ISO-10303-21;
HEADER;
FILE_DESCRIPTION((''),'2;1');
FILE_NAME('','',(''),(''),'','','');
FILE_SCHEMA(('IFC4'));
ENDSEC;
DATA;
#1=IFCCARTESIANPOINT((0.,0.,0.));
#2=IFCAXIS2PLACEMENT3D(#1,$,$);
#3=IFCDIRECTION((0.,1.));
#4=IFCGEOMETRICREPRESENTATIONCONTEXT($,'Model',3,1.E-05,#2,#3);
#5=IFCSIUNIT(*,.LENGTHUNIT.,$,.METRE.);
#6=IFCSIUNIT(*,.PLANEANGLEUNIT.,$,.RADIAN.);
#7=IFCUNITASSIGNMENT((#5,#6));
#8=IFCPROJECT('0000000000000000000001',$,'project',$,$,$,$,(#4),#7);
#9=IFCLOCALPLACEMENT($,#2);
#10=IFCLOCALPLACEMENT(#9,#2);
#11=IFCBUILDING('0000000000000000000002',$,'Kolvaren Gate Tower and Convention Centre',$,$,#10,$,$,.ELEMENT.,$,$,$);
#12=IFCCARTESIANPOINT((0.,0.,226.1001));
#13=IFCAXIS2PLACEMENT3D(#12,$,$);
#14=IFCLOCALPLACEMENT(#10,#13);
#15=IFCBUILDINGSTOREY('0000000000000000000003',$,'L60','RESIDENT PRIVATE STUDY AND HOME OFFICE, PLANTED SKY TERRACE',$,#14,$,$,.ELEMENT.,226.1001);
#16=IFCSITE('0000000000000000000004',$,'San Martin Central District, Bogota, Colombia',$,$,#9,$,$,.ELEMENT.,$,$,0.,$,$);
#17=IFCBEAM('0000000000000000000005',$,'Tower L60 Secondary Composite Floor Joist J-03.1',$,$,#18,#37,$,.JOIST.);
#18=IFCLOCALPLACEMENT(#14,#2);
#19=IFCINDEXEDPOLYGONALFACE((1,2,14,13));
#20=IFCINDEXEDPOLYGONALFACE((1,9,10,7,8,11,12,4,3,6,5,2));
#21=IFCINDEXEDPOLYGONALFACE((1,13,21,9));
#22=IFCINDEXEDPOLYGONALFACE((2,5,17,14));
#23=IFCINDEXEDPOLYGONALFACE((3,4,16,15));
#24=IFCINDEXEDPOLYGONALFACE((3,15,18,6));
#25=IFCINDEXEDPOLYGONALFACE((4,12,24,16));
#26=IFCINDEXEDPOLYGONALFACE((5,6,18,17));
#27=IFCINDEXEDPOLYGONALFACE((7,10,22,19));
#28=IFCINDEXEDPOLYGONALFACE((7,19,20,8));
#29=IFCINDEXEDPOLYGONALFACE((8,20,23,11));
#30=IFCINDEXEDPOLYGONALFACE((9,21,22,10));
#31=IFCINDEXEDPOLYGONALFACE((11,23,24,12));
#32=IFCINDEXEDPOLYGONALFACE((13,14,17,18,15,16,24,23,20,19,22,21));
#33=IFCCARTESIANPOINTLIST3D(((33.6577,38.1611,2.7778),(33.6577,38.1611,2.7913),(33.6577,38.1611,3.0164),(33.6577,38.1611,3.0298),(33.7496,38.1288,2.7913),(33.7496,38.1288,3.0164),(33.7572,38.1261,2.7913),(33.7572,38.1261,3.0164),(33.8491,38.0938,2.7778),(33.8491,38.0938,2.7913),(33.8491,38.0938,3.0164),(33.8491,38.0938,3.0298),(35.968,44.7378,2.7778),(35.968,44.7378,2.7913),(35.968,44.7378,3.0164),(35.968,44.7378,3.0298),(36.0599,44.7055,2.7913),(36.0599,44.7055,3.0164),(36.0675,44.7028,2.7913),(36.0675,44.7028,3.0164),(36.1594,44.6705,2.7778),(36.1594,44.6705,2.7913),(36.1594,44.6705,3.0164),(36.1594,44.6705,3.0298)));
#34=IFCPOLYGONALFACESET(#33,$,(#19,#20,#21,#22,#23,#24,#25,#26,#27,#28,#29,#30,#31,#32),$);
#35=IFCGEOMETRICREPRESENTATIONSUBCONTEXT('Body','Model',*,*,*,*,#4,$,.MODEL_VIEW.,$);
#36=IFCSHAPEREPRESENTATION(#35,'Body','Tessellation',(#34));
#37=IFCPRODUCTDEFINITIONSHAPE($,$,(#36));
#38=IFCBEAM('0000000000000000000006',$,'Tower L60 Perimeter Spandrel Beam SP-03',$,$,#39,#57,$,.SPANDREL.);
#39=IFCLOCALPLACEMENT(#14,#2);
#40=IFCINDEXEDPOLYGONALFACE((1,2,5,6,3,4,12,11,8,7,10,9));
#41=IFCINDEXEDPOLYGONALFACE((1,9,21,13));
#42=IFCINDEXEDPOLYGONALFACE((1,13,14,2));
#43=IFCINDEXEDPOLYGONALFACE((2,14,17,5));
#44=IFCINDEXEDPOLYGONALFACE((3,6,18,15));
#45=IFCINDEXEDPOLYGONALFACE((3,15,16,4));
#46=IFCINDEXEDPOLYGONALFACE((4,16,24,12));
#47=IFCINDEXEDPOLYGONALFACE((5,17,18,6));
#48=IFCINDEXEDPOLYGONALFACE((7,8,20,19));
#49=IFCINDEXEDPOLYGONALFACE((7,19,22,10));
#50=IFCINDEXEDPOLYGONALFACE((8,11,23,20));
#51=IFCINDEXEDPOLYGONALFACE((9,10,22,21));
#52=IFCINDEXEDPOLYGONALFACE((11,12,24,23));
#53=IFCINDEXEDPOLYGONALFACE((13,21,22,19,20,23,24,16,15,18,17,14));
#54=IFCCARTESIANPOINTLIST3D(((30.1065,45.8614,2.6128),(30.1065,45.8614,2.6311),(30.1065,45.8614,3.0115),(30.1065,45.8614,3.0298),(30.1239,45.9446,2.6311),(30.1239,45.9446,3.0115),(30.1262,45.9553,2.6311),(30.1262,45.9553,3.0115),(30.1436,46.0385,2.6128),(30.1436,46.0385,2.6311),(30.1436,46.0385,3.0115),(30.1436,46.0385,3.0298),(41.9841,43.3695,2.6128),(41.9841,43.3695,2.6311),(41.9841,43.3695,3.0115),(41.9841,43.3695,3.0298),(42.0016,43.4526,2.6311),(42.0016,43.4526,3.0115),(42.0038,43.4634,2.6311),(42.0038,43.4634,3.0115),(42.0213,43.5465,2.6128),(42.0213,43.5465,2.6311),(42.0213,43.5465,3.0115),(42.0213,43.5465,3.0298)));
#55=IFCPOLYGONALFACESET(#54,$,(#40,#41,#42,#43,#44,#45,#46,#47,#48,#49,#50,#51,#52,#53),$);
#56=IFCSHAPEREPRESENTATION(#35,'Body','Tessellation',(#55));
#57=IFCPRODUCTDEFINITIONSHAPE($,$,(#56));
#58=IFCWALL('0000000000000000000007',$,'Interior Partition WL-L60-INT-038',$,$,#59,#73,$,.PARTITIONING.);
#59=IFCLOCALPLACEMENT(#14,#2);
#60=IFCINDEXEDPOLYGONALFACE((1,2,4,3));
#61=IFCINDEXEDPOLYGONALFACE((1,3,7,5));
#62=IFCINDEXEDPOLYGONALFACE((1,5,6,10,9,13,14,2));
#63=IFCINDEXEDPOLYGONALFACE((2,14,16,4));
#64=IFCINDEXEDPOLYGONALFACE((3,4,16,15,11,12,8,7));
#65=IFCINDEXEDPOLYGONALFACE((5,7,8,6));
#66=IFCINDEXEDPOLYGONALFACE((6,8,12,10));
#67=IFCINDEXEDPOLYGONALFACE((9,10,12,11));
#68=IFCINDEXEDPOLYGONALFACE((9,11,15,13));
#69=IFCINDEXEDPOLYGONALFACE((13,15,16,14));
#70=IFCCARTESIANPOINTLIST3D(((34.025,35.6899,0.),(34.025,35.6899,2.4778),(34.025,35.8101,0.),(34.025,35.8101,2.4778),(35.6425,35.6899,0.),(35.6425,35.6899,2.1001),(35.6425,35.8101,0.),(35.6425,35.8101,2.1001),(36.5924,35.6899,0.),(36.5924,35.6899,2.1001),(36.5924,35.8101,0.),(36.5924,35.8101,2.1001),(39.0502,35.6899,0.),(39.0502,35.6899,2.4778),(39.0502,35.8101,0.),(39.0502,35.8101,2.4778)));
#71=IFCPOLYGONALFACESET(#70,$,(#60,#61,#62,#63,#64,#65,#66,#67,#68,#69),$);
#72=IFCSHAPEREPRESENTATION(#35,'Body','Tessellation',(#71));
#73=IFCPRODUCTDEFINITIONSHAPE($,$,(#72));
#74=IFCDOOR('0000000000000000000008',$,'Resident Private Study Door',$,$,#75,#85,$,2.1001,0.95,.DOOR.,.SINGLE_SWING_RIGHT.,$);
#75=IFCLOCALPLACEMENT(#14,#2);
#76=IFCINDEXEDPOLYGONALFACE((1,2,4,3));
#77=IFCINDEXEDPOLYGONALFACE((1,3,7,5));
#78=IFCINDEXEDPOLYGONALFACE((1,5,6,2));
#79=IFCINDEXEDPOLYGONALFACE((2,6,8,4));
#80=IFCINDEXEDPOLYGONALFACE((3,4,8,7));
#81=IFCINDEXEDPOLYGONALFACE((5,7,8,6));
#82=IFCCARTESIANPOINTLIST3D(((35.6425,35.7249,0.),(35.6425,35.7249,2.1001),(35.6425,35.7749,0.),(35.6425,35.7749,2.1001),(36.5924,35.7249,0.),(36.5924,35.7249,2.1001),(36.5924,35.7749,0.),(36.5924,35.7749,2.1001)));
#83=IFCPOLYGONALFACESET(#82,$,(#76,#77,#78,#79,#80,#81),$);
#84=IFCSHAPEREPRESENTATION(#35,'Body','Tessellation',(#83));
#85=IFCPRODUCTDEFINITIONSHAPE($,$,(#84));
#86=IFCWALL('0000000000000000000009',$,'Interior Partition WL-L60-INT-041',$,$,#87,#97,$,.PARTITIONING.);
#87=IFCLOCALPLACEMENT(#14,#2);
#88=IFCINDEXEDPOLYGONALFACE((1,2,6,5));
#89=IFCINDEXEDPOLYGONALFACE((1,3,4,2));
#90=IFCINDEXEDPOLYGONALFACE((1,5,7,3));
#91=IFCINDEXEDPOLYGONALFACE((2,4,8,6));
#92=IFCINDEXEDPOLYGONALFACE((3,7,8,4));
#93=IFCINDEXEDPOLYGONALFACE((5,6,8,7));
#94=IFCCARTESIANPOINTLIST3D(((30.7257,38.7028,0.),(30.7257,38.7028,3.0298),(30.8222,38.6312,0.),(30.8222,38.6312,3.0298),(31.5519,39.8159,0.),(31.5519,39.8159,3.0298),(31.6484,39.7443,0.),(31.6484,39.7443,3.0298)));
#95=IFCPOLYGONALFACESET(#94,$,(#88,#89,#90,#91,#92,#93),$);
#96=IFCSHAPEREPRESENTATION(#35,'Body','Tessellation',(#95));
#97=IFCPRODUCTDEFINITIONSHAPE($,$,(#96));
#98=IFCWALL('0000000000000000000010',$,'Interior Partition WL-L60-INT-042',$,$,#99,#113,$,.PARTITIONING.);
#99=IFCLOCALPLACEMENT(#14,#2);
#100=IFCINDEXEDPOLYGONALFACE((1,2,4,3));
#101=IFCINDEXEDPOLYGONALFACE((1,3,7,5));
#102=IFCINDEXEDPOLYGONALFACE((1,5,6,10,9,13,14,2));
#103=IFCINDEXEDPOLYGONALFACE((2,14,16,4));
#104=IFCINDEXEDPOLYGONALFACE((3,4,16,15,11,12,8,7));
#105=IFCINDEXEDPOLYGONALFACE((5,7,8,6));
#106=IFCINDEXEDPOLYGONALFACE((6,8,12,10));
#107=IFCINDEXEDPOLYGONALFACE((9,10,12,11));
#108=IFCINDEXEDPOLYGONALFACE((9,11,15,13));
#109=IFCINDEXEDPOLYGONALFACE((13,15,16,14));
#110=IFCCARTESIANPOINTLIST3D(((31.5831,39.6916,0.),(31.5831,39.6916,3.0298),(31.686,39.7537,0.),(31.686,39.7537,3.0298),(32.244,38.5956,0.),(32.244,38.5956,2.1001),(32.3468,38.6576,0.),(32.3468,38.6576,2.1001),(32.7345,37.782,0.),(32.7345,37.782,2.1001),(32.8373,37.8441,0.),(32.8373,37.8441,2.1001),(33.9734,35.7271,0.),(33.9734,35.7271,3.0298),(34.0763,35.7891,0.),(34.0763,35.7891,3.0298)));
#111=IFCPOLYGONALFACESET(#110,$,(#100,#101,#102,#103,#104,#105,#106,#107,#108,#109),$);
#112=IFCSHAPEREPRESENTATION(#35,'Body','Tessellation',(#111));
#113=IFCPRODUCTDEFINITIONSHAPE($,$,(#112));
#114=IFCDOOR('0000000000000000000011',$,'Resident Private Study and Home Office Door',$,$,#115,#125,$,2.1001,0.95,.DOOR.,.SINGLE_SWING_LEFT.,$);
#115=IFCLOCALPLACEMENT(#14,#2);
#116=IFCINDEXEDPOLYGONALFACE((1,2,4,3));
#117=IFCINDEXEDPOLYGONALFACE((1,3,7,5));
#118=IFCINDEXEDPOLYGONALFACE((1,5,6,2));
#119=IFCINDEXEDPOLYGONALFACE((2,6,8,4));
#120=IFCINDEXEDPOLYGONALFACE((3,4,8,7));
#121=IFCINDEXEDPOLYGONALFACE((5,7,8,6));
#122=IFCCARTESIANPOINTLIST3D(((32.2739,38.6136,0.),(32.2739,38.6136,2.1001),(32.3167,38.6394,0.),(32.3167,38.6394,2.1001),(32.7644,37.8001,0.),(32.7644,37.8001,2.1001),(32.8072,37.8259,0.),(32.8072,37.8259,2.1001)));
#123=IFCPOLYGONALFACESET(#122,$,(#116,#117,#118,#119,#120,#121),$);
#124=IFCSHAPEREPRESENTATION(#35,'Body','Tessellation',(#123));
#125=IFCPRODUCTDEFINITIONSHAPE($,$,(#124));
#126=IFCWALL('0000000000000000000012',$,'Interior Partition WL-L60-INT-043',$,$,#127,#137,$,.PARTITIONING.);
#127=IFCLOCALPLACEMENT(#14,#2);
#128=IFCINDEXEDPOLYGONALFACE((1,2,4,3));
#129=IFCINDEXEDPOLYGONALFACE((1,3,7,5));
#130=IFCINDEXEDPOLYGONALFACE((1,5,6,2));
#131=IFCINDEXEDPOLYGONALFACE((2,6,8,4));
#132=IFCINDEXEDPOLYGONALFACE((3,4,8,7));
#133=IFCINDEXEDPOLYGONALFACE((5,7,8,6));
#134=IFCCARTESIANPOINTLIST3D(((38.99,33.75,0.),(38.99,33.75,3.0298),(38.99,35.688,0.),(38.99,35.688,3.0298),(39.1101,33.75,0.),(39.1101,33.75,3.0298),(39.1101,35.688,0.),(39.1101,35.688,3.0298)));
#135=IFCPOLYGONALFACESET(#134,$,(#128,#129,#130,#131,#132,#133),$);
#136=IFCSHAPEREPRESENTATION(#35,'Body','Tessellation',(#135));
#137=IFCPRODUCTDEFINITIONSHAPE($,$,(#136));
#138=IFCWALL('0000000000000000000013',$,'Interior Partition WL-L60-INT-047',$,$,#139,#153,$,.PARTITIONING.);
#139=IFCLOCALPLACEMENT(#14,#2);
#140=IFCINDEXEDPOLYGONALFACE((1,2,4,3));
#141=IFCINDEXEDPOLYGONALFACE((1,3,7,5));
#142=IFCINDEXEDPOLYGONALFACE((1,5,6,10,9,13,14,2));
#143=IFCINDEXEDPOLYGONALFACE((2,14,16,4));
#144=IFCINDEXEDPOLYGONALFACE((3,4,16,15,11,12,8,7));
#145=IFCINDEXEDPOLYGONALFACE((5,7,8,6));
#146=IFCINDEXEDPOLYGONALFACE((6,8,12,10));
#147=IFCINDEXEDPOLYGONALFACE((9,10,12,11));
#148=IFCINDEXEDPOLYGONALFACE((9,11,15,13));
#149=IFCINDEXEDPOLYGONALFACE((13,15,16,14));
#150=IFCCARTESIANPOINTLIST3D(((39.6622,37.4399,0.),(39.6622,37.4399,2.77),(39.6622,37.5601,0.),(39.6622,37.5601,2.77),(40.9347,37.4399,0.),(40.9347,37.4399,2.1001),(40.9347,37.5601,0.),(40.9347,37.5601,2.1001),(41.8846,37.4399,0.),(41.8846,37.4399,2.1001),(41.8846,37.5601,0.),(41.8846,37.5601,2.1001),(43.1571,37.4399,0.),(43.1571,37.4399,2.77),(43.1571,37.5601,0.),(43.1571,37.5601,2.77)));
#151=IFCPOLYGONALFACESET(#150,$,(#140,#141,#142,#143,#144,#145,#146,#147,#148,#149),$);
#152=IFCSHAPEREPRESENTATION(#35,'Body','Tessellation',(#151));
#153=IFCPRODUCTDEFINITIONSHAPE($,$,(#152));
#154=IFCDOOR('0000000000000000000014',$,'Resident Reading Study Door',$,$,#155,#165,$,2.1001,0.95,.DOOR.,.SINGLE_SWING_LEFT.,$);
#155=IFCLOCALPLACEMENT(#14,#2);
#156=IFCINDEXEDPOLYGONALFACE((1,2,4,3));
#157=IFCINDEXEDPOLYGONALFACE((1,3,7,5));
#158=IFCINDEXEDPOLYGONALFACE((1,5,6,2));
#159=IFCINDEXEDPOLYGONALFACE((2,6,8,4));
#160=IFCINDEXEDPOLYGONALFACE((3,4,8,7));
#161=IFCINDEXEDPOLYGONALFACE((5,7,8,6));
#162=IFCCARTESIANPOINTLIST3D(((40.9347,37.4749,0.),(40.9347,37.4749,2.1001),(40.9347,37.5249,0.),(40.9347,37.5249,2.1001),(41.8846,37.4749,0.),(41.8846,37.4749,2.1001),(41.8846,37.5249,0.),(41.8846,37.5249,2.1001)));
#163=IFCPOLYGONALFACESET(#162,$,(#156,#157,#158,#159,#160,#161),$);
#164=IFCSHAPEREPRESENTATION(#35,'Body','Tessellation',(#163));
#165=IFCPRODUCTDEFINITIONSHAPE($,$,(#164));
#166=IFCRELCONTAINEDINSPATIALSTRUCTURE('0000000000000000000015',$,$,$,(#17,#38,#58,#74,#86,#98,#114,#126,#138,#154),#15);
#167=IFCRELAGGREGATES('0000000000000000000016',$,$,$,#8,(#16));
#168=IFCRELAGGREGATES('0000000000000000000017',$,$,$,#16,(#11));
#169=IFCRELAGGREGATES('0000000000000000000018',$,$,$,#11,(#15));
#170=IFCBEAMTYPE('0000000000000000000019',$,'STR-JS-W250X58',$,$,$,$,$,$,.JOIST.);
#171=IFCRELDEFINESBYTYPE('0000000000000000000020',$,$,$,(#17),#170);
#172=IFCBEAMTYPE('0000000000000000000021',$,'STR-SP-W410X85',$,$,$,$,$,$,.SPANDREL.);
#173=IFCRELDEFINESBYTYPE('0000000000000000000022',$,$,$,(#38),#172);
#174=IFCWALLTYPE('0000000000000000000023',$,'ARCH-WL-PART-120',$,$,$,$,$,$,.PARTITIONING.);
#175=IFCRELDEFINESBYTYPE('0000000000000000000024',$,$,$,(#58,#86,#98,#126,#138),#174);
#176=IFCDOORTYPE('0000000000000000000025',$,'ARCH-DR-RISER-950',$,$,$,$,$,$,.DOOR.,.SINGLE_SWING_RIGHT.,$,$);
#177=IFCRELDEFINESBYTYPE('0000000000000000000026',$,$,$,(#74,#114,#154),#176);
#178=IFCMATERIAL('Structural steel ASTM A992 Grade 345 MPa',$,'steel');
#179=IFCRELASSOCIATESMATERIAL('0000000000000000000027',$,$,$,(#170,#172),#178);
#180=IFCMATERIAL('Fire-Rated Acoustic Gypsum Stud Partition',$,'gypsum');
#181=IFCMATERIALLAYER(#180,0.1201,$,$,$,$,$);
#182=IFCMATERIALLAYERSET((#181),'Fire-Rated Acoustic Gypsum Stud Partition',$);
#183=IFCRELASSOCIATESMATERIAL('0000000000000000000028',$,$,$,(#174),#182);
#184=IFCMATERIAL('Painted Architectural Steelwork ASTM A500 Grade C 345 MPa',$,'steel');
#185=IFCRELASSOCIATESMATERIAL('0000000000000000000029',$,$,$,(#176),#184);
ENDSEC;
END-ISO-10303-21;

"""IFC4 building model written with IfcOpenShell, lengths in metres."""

from ifc_helpers import new_model, si_unit, direction, frame, frame_2d, origin, origin_2d, place, context, subcontext, project, spatial, rectangle, i_section, extrude, material, layer, layer_set, material_profile, profile_set, type_object, element, fill, save


model = new_model("IFC4")

# Units and contexts
model_context = context("Model", 3, precision=1e-05, world=origin(), true_north=direction((0.0, 1.0)))
body_context = subcontext(model_context, "Body", "Model", "MODEL_VIEW")
ifc_project = project(units=[si_unit("LENGTHUNIT", "METRE"), si_unit("PLANEANGLEUNIT", "RADIAN")], contexts=[model_context])

# Site, building, storey
site_placement = place(None, origin())
site = spatial("IfcSite", under=ifc_project, at=site_placement, Name="San Martin Central District, Bogota, Colombia", CompositionType="ELEMENT", RefElevation=0.0)
building_placement = place(site_placement, origin())
building = spatial("IfcBuilding", under=site, at=building_placement, Name="Kolvaren Gate Tower and Convention Centre", CompositionType="ELEMENT")
storey_placement = place(building_placement, frame((0.0, 0.0, 226.1001)))
storey = spatial("IfcBuildingStorey", under=building, at=storey_placement, Name="L60", Description="RESIDENT PRIVATE STUDY AND HOME OFFICE, PLANTED SKY TERRACE", CompositionType="ELEMENT", Elevation=226.1001)

# Beams
ifc_material_1 = material(Name="Structural steel ASTM A992 Grade 345 MPa", Category="steel")
ifc_material_profile_1 = material_profile(ifc_material_1, i_section(OverallWidth=0.2029, OverallDepth=0.252, WebThickness=0.0081, FlangeThickness=0.0134, at=origin_2d()), Name="W250X58")
ifc_profile_set_1 = profile_set([ifc_material_profile_1], Name="Structural steel ASTM A992 Grade 345 MPa")
beam_type_1 = type_object("IfcBeamType", Name="STR-JS-W250X58", PredefinedType="JOIST", material=ifc_profile_set_1)
beam_1_placement = place(storey_placement, frame((33.7534, 38.1274, 2.9038), z_axis=(0.331433, 0.943479, 0.0), x_axis=(-0.943479, 0.331433, 0.0)))
element("IfcBeam", 1, at=beam_1_placement, inside=storey, type_object=beam_type_1, Name="Tower L60 Secondary Composite Floor Joist J-03.1", PredefinedType="JOIST", context=body_context, shape_type="SweptSolid", body=[
    extrude(i_section(OverallWidth=0.2029, OverallDepth=0.252, WebThickness=0.0081, FlangeThickness=0.0134, at=origin_2d()), origin(), (0.0, 0.0, 1.0), 6.9707),
])
ifc_material_profile_2 = material_profile(ifc_material_1, i_section(OverallWidth=0.1809, OverallDepth=0.417, WebThickness=0.011, FlangeThickness=0.0183, at=origin_2d()), Name="W410X85")
ifc_profile_set_2 = profile_set([ifc_material_profile_2], Name="Structural steel ASTM A992 Grade 345 MPa")
beam_type_2 = type_object("IfcBeamType", Name="STR-SP-W410X85", PredefinedType="SPANDREL", material=ifc_profile_set_2)
beam_2_placement = place(storey_placement, frame((42.0027, 43.458, 2.8213), z_axis=(-0.978693, 0.20533, 0.0), x_axis=(-0.20533, -0.978693, 0.0)))
element("IfcBeam", 2, at=beam_2_placement, inside=storey, type_object=beam_type_2, Name="Tower L60 Perimeter Spandrel Beam SP-03", PredefinedType="SPANDREL", context=body_context, shape_type="SweptSolid", body=[
    extrude(i_section(OverallWidth=0.1809, OverallDepth=0.417, WebThickness=0.011, FlangeThickness=0.0183, at=origin_2d()), origin(), (0.0, 0.0, 1.0), 12.1362),
])

# Wall, opening, door
ifc_material_2 = material(Name="Fire-Rated Acoustic Gypsum Stud Partition", Category="gypsum")
ifc_layer_1 = layer(ifc_material_2, 0.1201)
ifc_layer_set_1 = layer_set([ifc_layer_1], Name="Fire-Rated Acoustic Gypsum Stud Partition")
wall_type_1 = type_object("IfcWallType", Name="ARCH-WL-PART-120", PredefinedType="PARTITIONING", material=ifc_layer_set_1)
wall_1_placement = place(storey_placement, frame((34.0249, 35.75, 0.0), z_axis=(0.0, 0.0, 1.0), x_axis=(1.0, 0.0, 0.0)))
wall_1 = element("IfcWall", 3, at=wall_1_placement, inside=storey, type_object=wall_type_1, Name="Interior Partition WL-L60-INT-038", PredefinedType="PARTITIONING", context=body_context, shape_type="SweptSolid", body=[
    extrude(rectangle(XDim=5.0251, YDim=0.1201, at=frame_2d((2.5127, 0.0))), origin(), (0.0, 0.0, 1.0), 2.4778),
])
opening_1_placement = place(wall_1_placement, frame((1.6174, 0.0, 0.0)))
opening_1 = element("IfcOpeningElement", 4, at=opening_1_placement, cuts=wall_1, PredefinedType="OPENING", context=body_context, shape_type="SweptSolid", body=[
    extrude(rectangle(XDim=0.95, YDim=2.1001, at=frame_2d((0.4751, 1.05))), frame((0.0, 0.0701, 0.0), z_axis=(0.0, -1.0, 0.0), x_axis=(1.0, 0.0, 0.0)), (0.0, 0.0, 1.0), 0.1401),
])
ifc_material_3 = material(Name="Painted Architectural Steelwork ASTM A500 Grade C 345 MPa", Category="steel")
door_type = type_object("IfcDoorType", Name="ARCH-DR-RISER-950", OperationType="SINGLE_SWING_RIGHT", PredefinedType="DOOR", material=ifc_material_3)
door_1_placement = place(opening_1_placement, origin())
door_1 = element("IfcDoor", 5, at=door_1_placement, inside=storey, type_object=door_type, Name="Resident Private Study Door", OperationType="SINGLE_SWING_RIGHT", OverallHeight=2.1001, OverallWidth=0.95, PredefinedType="DOOR", context=body_context, shape_type="SweptSolid", body=[
    extrude(rectangle(XDim=0.95, YDim=2.1001, at=frame_2d((0.4751, 1.05))), frame((0.0, 0.0249, 0.0), z_axis=(0.0, -1.0, 0.0), x_axis=(1.0, 0.0, 0.0)), (0.0, 0.0, 1.0), 0.05),
])
fill(opening_1, door_1)

# Wall
wall_2_placement = place(storey_placement, frame((30.7739, 38.667, 0.0), z_axis=(0.0, 0.0, 1.0), x_axis=(0.596019, 0.80297, 0.0)))
element("IfcWall", 6, at=wall_2_placement, inside=storey, type_object=wall_type_1, Name="Interior Partition WL-L60-INT-041", PredefinedType="PARTITIONING", context=body_context, shape_type="SweptSolid", body=[
    extrude(rectangle(XDim=1.3862, YDim=0.1201, at=frame_2d((0.6931, 0.0))), origin(), (0.0, 0.0, 1.0), 3.0298),
])

# Wall, opening, door
wall_3_placement = place(storey_placement, frame((31.6345, 39.7227, 0.0), z_axis=(0.0, 0.0, 1.0), x_axis=(0.51634, -0.856383, 0.0)))
wall_3 = element("IfcWall", 7, at=wall_3_placement, inside=storey, type_object=wall_type_1, Name="Interior Partition WL-L60-INT-042", PredefinedType="PARTITIONING", context=body_context, shape_type="SweptSolid", body=[
    extrude(rectangle(XDim=4.6294, YDim=0.1201, at=frame_2d((2.3147, 0.0))), origin(), (0.0, 0.0, 1.0), 3.0298),
])
opening_2_placement = place(wall_3_placement, frame((1.2798, 0.0, 0.0)))
opening_2 = element("IfcOpeningElement", 8, at=opening_2_placement, cuts=wall_3, PredefinedType="OPENING", context=body_context, shape_type="SweptSolid", body=[
    extrude(rectangle(XDim=0.95, YDim=2.1001, at=frame_2d((0.4751, 1.05))), frame((0.0, 0.0701, 0.0), z_axis=(0.0, -1.0, 0.0), x_axis=(1.0, 0.0, 0.0)), (0.0, 0.0, 1.0), 0.1401),
])
door_2_placement = place(opening_2_placement, origin())
door_2 = element("IfcDoor", 9, at=door_2_placement, inside=storey, type_object=door_type, Name="Resident Private Study and Home Office Door", OperationType="SINGLE_SWING_LEFT", OverallHeight=2.1001, OverallWidth=0.95, PredefinedType="DOOR", context=body_context, shape_type="SweptSolid", body=[
    extrude(rectangle(XDim=0.95, YDim=2.1001, at=frame_2d((0.4751, 1.05))), frame((0.0, 0.0249, 0.0), z_axis=(0.0, -1.0, 0.0), x_axis=(1.0, 0.0, 0.0)), (0.0, 0.0, 1.0), 0.05),
])
fill(opening_2, door_2)

# Wall
wall_4_placement = place(storey_placement, frame((39.05, 33.75, 0.0), z_axis=(0.0, 0.0, 1.0), x_axis=(0.0, 1.0, 0.0)))
element("IfcWall", 10, at=wall_4_placement, inside=storey, type_object=wall_type_1, Name="Interior Partition WL-L60-INT-043", PredefinedType="PARTITIONING", context=body_context, shape_type="SweptSolid", body=[
    extrude(rectangle(XDim=1.938, YDim=0.1201, at=frame_2d((0.969, 0.0))), origin(), (0.0, 0.0, 1.0), 3.0298),
])

# Wall, opening, door
wall_5_placement = place(storey_placement, frame((39.6621, 37.5, 0.0), z_axis=(0.0, 0.0, 1.0), x_axis=(1.0, 0.0, 0.0)))
wall_5 = element("IfcWall", 11, at=wall_5_placement, inside=storey, type_object=wall_type_1, Name="Interior Partition WL-L60-INT-047", PredefinedType="PARTITIONING", context=body_context, shape_type="SweptSolid", body=[
    extrude(rectangle(XDim=3.4949, YDim=0.1201, at=frame_2d((1.7476, 0.0))), origin(), (0.0, 0.0, 1.0), 2.77),
])
opening_3_placement = place(wall_5_placement, frame((1.2725, 0.0, 0.0)))
opening_3 = element("IfcOpeningElement", 12, at=opening_3_placement, cuts=wall_5, PredefinedType="OPENING", context=body_context, shape_type="SweptSolid", body=[
    extrude(rectangle(XDim=0.95, YDim=2.1001, at=frame_2d((0.4751, 1.05))), frame((0.0, 0.0701, 0.0), z_axis=(0.0, -1.0, 0.0), x_axis=(1.0, 0.0, 0.0)), (0.0, 0.0, 1.0), 0.1401),
])
door_3_placement = place(opening_3_placement, origin())
door_3 = element("IfcDoor", 13, at=door_3_placement, inside=storey, type_object=door_type, Name="Resident Reading Study Door", OperationType="SINGLE_SWING_LEFT", OverallHeight=2.1001, OverallWidth=0.95, PredefinedType="DOOR", context=body_context, shape_type="SweptSolid", body=[
    extrude(rectangle(XDim=0.95, YDim=2.1001, at=frame_2d((0.4751, 1.05))), frame((0.0, 0.0249, 0.0), z_axis=(0.0, -1.0, 0.0), x_axis=(1.0, 0.0, 0.0)), (0.0, 0.0, 1.0), 0.05),
])
fill(opening_3, door_3)

save(model, "model.ifc")
